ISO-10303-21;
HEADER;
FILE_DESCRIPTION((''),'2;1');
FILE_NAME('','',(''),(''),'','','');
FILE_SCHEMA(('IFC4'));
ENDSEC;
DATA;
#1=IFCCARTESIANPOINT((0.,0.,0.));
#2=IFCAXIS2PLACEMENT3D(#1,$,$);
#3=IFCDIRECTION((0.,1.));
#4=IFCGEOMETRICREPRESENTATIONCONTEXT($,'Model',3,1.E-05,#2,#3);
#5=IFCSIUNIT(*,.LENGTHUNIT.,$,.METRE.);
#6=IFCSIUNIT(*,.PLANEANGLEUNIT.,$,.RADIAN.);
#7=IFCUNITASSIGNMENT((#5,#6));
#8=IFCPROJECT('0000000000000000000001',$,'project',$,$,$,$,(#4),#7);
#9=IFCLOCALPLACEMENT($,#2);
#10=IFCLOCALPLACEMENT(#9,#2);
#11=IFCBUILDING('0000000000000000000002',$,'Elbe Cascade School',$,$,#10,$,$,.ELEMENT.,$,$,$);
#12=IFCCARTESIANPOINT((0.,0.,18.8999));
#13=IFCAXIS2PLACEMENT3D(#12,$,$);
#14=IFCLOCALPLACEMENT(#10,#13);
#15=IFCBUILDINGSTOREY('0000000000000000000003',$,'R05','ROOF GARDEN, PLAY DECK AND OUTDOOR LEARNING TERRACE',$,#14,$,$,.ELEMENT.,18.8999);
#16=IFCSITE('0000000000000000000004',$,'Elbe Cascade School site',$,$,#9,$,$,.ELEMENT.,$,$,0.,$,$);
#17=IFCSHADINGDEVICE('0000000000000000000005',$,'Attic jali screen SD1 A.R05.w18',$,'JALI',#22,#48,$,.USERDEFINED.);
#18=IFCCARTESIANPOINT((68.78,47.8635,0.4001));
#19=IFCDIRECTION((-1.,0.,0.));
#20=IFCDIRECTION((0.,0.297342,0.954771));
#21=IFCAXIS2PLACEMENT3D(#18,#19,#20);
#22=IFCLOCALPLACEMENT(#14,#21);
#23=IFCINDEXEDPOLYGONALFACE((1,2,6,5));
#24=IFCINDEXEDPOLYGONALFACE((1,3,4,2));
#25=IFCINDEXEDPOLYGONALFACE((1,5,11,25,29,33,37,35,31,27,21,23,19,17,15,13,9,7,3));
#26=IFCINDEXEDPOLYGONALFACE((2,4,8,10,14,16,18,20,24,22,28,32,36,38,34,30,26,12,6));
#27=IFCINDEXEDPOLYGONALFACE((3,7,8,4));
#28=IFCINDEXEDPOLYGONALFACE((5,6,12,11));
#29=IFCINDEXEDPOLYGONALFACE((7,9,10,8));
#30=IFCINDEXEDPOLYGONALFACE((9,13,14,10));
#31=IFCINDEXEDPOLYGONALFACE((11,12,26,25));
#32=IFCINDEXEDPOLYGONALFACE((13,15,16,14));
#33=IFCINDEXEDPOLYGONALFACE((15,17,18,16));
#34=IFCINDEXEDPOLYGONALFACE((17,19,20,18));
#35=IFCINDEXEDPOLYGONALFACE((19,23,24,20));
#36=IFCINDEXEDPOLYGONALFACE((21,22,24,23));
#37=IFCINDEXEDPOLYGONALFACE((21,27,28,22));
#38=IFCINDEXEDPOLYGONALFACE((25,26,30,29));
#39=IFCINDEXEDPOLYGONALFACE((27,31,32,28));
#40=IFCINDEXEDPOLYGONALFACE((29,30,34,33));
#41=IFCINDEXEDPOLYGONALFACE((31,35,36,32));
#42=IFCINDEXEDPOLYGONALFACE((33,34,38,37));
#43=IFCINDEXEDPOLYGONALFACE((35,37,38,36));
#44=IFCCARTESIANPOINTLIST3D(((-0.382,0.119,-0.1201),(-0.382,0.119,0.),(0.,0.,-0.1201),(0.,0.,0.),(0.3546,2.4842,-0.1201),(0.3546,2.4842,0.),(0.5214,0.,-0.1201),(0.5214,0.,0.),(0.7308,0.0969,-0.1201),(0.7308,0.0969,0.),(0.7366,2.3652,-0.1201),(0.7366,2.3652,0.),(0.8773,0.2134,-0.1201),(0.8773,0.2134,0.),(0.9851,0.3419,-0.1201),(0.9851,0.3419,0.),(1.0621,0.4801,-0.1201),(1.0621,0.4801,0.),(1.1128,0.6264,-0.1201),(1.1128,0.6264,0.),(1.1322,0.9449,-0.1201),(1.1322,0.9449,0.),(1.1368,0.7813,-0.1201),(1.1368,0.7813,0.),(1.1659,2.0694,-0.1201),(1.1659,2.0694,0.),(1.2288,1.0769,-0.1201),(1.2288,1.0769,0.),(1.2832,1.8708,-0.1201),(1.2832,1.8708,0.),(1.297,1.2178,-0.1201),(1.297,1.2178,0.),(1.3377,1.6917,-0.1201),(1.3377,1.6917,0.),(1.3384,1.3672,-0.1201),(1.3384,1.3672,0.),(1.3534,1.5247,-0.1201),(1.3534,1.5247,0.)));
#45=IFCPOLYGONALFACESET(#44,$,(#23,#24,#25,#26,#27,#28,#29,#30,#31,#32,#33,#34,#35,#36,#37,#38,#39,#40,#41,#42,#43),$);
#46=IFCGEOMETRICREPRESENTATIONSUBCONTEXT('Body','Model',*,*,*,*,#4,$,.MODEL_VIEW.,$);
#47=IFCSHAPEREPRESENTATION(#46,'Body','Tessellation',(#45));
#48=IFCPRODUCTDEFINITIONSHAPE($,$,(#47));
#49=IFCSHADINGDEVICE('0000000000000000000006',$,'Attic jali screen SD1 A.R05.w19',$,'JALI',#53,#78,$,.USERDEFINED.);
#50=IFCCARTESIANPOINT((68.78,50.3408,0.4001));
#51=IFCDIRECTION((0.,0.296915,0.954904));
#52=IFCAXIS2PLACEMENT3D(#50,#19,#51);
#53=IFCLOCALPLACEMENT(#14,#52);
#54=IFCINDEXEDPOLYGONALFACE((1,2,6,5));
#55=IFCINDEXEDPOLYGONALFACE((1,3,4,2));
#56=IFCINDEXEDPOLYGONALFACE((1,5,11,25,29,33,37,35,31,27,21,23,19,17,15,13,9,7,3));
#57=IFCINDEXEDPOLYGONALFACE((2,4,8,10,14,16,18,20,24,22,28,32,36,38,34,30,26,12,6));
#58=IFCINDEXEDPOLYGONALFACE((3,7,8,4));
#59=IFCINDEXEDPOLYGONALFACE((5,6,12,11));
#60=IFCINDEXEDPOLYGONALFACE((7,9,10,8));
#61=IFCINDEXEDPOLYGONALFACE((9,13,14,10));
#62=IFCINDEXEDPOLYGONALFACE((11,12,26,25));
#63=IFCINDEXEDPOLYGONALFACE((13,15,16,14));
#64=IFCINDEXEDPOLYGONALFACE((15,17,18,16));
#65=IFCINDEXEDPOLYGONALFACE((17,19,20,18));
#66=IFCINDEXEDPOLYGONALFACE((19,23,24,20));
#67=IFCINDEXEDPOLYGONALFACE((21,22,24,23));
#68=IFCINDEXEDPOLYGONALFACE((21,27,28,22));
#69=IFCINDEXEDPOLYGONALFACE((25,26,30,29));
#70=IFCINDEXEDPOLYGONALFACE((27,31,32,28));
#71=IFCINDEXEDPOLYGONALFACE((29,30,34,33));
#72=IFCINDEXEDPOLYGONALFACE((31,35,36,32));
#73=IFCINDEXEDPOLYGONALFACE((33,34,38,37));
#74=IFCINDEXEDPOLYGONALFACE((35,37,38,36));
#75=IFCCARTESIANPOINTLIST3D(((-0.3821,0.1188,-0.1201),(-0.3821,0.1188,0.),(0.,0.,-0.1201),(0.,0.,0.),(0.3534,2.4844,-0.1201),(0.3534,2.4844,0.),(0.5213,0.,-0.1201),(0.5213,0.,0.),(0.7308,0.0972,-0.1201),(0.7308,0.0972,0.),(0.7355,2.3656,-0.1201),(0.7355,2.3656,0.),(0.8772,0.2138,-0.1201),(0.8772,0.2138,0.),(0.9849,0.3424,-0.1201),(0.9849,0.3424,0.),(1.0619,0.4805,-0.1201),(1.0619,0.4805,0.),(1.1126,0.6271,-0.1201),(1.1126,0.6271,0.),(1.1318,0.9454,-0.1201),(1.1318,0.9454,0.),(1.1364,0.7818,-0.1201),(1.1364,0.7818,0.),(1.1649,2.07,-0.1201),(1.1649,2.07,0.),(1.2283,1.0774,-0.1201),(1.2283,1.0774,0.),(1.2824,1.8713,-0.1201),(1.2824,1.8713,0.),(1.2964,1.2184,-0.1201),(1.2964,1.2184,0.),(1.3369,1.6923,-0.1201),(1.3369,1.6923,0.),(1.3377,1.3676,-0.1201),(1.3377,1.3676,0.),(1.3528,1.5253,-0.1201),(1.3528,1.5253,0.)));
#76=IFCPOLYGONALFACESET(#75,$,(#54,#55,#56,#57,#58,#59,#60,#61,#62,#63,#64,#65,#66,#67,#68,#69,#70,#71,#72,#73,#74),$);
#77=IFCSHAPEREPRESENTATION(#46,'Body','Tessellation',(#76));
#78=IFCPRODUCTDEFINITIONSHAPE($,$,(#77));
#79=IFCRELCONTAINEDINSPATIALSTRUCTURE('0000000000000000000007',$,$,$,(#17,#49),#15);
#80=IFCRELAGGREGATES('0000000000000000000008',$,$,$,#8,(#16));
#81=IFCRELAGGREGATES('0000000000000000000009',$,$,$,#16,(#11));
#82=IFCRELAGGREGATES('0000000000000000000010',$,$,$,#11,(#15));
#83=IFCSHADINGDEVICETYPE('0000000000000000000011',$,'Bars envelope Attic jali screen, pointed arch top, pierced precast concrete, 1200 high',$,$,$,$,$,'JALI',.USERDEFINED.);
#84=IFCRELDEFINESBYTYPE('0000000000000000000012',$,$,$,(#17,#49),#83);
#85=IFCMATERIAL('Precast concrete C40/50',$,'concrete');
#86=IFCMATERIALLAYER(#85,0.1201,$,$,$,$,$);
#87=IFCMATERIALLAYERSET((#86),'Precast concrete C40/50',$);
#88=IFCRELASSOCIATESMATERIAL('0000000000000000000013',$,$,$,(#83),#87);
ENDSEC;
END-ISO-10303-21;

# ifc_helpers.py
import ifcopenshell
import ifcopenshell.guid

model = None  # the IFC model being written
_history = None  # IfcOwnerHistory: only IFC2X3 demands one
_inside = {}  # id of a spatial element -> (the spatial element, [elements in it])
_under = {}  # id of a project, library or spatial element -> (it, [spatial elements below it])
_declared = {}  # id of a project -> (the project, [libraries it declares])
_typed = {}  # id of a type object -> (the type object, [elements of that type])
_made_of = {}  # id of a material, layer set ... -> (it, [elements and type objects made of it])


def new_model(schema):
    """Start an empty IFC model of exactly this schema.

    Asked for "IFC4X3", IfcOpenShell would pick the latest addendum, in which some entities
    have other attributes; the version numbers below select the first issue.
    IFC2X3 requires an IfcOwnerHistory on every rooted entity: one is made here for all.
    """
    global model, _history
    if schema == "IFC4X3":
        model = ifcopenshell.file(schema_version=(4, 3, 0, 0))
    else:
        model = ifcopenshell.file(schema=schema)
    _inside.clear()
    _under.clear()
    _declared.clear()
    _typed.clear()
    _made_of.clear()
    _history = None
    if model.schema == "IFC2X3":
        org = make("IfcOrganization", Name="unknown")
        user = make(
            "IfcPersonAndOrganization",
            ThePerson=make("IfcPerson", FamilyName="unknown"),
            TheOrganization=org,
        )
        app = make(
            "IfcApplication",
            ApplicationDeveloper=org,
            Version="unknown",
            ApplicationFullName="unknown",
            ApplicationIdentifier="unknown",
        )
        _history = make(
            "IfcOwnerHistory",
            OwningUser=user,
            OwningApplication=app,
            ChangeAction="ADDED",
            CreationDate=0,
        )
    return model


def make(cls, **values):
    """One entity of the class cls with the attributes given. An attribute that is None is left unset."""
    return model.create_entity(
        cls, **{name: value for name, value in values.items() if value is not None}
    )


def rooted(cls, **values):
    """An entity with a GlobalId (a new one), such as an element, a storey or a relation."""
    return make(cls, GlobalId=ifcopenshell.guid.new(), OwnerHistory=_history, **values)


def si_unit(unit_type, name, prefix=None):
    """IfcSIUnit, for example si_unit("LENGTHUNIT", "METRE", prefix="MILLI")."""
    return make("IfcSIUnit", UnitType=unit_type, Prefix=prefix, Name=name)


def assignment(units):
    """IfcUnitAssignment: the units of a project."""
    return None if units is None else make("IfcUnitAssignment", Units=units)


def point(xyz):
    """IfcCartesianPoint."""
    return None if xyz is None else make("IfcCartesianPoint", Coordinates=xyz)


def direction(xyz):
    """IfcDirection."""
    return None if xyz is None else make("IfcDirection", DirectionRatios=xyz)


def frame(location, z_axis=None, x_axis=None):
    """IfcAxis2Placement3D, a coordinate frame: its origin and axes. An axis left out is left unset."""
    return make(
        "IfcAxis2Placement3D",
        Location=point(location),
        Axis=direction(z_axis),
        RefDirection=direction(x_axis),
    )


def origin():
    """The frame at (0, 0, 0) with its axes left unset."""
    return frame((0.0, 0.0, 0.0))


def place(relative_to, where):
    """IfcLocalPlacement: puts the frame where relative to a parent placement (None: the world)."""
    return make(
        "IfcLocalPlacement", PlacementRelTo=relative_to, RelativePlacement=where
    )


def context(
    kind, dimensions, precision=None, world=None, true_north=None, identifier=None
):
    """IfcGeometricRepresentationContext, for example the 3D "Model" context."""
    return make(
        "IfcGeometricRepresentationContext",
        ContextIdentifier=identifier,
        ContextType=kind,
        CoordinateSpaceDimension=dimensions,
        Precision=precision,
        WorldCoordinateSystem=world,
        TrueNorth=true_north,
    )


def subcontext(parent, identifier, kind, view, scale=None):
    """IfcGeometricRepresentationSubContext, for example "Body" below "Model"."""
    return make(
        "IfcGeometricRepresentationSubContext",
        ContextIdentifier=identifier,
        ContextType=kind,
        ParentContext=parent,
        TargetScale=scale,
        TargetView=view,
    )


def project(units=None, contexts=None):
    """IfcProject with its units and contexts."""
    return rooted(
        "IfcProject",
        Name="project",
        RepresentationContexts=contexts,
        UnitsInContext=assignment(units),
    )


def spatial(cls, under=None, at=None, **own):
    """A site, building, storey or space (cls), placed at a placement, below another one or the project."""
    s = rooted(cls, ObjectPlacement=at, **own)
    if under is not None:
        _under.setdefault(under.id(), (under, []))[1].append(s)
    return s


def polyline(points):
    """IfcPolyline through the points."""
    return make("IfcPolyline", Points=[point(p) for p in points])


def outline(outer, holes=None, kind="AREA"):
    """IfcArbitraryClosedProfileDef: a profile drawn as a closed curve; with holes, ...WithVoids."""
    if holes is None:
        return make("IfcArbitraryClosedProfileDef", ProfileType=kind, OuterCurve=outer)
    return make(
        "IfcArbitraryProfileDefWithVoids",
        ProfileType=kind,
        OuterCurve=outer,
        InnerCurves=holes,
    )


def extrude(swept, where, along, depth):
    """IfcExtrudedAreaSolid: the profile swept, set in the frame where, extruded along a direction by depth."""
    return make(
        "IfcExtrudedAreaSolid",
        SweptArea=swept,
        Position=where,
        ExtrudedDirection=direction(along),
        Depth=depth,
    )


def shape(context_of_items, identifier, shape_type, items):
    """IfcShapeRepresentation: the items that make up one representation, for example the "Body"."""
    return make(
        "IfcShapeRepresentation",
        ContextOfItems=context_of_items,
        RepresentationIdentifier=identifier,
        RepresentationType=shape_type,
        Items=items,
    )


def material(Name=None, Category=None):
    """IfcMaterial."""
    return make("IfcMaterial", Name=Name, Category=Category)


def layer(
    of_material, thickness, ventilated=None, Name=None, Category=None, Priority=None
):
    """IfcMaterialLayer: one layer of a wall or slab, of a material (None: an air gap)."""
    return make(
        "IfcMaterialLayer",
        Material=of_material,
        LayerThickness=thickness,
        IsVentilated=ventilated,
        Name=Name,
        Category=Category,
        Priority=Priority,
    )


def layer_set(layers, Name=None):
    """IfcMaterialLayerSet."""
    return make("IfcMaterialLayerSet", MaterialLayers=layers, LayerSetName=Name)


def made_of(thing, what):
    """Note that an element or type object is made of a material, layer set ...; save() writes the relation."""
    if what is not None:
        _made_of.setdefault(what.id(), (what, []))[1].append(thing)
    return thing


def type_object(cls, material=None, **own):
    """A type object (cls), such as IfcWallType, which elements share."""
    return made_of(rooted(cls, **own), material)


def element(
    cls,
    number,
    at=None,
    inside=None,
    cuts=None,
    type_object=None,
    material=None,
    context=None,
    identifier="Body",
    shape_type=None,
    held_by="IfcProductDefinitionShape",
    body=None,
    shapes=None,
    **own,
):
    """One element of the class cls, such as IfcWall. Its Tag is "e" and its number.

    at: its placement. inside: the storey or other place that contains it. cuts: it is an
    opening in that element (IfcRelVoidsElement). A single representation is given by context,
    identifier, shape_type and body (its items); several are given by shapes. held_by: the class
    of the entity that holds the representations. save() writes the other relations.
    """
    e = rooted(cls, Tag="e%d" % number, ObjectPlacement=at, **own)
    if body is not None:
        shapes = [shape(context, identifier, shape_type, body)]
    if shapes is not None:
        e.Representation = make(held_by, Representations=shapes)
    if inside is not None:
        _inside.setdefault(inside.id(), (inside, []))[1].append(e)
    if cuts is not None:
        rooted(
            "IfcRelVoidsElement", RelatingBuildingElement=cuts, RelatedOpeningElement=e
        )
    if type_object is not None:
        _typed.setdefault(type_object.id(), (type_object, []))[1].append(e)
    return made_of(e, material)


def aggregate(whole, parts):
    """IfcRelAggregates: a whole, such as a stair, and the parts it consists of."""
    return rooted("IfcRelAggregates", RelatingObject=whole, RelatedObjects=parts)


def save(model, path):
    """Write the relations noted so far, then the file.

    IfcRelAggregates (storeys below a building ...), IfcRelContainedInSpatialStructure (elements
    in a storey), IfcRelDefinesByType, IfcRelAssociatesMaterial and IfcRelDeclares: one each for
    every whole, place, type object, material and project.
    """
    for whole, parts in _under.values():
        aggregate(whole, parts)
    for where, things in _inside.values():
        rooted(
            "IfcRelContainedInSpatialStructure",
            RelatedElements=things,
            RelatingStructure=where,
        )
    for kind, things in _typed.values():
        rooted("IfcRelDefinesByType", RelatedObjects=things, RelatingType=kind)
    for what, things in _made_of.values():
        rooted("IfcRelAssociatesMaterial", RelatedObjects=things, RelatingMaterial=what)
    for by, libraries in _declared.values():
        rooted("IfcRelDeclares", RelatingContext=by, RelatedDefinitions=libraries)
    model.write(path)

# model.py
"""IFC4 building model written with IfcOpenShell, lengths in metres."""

from ifc_helpers import new_model, si_unit, direction, frame, origin, place, context, subcontext, project, spatial, polyline, outline, extrude, material, layer, layer_set, type_object, element, save


model = new_model("IFC4")

# Units and contexts
model_context = context("Model", 3, precision=1e-05, world=origin(), true_north=direction((0.0, 1.0)))
body_context = subcontext(model_context, "Body", "Model", "MODEL_VIEW")
ifc_project = project(units=[si_unit("LENGTHUNIT", "METRE"), si_unit("PLANEANGLEUNIT", "RADIAN")], contexts=[model_context])

# Site, building, storey
site_placement = place(None, origin())
site = spatial("IfcSite", under=ifc_project, at=site_placement, Name="Elbe Cascade School site", CompositionType="ELEMENT", RefElevation=0.0)
building_placement = place(site_placement, origin())
building = spatial("IfcBuilding", under=site, at=building_placement, Name="Elbe Cascade School", CompositionType="ELEMENT")
storey_placement = place(building_placement, frame((0.0, 0.0, 18.8999)))
storey = spatial("IfcBuildingStorey", under=building, at=storey_placement, Name="R05", Description="ROOF GARDEN, PLAY DECK AND OUTDOOR LEARNING TERRACE", CompositionType="ELEMENT", Elevation=18.8999)

# Shading devices
ifc_material_1 = material(Name="Precast concrete C40/50", Category="concrete")
ifc_layer_1 = layer(ifc_material_1, 0.1201)
ifc_layer_set_1 = layer_set([ifc_layer_1], Name="Precast concrete C40/50")
shading_device_type = type_object("IfcShadingDeviceType", Name="Bars envelope Attic jali screen, pointed arch top, pierced precast concrete, 1200 high", ElementType="JALI", PredefinedType="USERDEFINED", material=ifc_layer_set_1)
shading_device_1_placement = place(storey_placement, frame((68.78, 47.8635, 0.4001), z_axis=(-1.0, 0.0, 0.0), x_axis=(0.0, 0.297342, 0.954771)))
element("IfcShadingDevice", 1, at=shading_device_1_placement, inside=storey, type_object=shading_device_type, Name="Attic jali screen SD1 A.R05.w18", ObjectType="JALI", PredefinedType="USERDEFINED", context=body_context, shape_type="SweptSolid", body=[
    extrude(outline(polyline([(0.0, 0.0), (0.5214, 0.0), (0.7308, 0.0969), (0.8773, 0.2134), (0.9851, 0.3419), (1.0621, 0.4801), (1.1128, 0.6264), (1.1368, 0.7813), (1.1322, 0.9449), (1.2288, 1.0769), (1.297, 1.2178), (1.3384, 1.3672), (1.3534, 1.5247), (1.3377, 1.6917), (1.2832, 1.8708), (1.1659, 2.0694), (0.7366, 2.3652), (0.3546, 2.4842), (-0.382, 0.119), (0.0, 0.0)])), origin(), (0.0, 0.0, -1.0), 0.1201),
])
shading_device_2_placement = place(storey_placement, frame((68.78, 50.3408, 0.4001), z_axis=(-1.0, 0.0, 0.0), x_axis=(0.0, 0.296915, 0.954904)))
element("IfcShadingDevice", 2, at=shading_device_2_placement, inside=storey, type_object=shading_device_type, Name="Attic jali screen SD1 A.R05.w19", ObjectType="JALI", PredefinedType="USERDEFINED", context=body_context, shape_type="SweptSolid", body=[
    extrude(outline(polyline([(0.0, 0.0), (0.5213, 0.0), (0.7308, 0.0972), (0.8772, 0.2138), (0.9849, 0.3424), (1.0619, 0.4805), (1.1126, 0.6271), (1.1364, 0.7818), (1.1318, 0.9454), (1.2283, 1.0774), (1.2964, 1.2184), (1.3377, 1.3676), (1.3528, 1.5253), (1.3369, 1.6923), (1.2824, 1.8713), (1.1649, 2.07), (0.7355, 2.3656), (0.3534, 2.4844), (-0.3821, 0.1188), (0.0, 0.0)])), origin(), (0.0, 0.0, -1.0), 0.1201),
])

save(model, "model.ifc")
